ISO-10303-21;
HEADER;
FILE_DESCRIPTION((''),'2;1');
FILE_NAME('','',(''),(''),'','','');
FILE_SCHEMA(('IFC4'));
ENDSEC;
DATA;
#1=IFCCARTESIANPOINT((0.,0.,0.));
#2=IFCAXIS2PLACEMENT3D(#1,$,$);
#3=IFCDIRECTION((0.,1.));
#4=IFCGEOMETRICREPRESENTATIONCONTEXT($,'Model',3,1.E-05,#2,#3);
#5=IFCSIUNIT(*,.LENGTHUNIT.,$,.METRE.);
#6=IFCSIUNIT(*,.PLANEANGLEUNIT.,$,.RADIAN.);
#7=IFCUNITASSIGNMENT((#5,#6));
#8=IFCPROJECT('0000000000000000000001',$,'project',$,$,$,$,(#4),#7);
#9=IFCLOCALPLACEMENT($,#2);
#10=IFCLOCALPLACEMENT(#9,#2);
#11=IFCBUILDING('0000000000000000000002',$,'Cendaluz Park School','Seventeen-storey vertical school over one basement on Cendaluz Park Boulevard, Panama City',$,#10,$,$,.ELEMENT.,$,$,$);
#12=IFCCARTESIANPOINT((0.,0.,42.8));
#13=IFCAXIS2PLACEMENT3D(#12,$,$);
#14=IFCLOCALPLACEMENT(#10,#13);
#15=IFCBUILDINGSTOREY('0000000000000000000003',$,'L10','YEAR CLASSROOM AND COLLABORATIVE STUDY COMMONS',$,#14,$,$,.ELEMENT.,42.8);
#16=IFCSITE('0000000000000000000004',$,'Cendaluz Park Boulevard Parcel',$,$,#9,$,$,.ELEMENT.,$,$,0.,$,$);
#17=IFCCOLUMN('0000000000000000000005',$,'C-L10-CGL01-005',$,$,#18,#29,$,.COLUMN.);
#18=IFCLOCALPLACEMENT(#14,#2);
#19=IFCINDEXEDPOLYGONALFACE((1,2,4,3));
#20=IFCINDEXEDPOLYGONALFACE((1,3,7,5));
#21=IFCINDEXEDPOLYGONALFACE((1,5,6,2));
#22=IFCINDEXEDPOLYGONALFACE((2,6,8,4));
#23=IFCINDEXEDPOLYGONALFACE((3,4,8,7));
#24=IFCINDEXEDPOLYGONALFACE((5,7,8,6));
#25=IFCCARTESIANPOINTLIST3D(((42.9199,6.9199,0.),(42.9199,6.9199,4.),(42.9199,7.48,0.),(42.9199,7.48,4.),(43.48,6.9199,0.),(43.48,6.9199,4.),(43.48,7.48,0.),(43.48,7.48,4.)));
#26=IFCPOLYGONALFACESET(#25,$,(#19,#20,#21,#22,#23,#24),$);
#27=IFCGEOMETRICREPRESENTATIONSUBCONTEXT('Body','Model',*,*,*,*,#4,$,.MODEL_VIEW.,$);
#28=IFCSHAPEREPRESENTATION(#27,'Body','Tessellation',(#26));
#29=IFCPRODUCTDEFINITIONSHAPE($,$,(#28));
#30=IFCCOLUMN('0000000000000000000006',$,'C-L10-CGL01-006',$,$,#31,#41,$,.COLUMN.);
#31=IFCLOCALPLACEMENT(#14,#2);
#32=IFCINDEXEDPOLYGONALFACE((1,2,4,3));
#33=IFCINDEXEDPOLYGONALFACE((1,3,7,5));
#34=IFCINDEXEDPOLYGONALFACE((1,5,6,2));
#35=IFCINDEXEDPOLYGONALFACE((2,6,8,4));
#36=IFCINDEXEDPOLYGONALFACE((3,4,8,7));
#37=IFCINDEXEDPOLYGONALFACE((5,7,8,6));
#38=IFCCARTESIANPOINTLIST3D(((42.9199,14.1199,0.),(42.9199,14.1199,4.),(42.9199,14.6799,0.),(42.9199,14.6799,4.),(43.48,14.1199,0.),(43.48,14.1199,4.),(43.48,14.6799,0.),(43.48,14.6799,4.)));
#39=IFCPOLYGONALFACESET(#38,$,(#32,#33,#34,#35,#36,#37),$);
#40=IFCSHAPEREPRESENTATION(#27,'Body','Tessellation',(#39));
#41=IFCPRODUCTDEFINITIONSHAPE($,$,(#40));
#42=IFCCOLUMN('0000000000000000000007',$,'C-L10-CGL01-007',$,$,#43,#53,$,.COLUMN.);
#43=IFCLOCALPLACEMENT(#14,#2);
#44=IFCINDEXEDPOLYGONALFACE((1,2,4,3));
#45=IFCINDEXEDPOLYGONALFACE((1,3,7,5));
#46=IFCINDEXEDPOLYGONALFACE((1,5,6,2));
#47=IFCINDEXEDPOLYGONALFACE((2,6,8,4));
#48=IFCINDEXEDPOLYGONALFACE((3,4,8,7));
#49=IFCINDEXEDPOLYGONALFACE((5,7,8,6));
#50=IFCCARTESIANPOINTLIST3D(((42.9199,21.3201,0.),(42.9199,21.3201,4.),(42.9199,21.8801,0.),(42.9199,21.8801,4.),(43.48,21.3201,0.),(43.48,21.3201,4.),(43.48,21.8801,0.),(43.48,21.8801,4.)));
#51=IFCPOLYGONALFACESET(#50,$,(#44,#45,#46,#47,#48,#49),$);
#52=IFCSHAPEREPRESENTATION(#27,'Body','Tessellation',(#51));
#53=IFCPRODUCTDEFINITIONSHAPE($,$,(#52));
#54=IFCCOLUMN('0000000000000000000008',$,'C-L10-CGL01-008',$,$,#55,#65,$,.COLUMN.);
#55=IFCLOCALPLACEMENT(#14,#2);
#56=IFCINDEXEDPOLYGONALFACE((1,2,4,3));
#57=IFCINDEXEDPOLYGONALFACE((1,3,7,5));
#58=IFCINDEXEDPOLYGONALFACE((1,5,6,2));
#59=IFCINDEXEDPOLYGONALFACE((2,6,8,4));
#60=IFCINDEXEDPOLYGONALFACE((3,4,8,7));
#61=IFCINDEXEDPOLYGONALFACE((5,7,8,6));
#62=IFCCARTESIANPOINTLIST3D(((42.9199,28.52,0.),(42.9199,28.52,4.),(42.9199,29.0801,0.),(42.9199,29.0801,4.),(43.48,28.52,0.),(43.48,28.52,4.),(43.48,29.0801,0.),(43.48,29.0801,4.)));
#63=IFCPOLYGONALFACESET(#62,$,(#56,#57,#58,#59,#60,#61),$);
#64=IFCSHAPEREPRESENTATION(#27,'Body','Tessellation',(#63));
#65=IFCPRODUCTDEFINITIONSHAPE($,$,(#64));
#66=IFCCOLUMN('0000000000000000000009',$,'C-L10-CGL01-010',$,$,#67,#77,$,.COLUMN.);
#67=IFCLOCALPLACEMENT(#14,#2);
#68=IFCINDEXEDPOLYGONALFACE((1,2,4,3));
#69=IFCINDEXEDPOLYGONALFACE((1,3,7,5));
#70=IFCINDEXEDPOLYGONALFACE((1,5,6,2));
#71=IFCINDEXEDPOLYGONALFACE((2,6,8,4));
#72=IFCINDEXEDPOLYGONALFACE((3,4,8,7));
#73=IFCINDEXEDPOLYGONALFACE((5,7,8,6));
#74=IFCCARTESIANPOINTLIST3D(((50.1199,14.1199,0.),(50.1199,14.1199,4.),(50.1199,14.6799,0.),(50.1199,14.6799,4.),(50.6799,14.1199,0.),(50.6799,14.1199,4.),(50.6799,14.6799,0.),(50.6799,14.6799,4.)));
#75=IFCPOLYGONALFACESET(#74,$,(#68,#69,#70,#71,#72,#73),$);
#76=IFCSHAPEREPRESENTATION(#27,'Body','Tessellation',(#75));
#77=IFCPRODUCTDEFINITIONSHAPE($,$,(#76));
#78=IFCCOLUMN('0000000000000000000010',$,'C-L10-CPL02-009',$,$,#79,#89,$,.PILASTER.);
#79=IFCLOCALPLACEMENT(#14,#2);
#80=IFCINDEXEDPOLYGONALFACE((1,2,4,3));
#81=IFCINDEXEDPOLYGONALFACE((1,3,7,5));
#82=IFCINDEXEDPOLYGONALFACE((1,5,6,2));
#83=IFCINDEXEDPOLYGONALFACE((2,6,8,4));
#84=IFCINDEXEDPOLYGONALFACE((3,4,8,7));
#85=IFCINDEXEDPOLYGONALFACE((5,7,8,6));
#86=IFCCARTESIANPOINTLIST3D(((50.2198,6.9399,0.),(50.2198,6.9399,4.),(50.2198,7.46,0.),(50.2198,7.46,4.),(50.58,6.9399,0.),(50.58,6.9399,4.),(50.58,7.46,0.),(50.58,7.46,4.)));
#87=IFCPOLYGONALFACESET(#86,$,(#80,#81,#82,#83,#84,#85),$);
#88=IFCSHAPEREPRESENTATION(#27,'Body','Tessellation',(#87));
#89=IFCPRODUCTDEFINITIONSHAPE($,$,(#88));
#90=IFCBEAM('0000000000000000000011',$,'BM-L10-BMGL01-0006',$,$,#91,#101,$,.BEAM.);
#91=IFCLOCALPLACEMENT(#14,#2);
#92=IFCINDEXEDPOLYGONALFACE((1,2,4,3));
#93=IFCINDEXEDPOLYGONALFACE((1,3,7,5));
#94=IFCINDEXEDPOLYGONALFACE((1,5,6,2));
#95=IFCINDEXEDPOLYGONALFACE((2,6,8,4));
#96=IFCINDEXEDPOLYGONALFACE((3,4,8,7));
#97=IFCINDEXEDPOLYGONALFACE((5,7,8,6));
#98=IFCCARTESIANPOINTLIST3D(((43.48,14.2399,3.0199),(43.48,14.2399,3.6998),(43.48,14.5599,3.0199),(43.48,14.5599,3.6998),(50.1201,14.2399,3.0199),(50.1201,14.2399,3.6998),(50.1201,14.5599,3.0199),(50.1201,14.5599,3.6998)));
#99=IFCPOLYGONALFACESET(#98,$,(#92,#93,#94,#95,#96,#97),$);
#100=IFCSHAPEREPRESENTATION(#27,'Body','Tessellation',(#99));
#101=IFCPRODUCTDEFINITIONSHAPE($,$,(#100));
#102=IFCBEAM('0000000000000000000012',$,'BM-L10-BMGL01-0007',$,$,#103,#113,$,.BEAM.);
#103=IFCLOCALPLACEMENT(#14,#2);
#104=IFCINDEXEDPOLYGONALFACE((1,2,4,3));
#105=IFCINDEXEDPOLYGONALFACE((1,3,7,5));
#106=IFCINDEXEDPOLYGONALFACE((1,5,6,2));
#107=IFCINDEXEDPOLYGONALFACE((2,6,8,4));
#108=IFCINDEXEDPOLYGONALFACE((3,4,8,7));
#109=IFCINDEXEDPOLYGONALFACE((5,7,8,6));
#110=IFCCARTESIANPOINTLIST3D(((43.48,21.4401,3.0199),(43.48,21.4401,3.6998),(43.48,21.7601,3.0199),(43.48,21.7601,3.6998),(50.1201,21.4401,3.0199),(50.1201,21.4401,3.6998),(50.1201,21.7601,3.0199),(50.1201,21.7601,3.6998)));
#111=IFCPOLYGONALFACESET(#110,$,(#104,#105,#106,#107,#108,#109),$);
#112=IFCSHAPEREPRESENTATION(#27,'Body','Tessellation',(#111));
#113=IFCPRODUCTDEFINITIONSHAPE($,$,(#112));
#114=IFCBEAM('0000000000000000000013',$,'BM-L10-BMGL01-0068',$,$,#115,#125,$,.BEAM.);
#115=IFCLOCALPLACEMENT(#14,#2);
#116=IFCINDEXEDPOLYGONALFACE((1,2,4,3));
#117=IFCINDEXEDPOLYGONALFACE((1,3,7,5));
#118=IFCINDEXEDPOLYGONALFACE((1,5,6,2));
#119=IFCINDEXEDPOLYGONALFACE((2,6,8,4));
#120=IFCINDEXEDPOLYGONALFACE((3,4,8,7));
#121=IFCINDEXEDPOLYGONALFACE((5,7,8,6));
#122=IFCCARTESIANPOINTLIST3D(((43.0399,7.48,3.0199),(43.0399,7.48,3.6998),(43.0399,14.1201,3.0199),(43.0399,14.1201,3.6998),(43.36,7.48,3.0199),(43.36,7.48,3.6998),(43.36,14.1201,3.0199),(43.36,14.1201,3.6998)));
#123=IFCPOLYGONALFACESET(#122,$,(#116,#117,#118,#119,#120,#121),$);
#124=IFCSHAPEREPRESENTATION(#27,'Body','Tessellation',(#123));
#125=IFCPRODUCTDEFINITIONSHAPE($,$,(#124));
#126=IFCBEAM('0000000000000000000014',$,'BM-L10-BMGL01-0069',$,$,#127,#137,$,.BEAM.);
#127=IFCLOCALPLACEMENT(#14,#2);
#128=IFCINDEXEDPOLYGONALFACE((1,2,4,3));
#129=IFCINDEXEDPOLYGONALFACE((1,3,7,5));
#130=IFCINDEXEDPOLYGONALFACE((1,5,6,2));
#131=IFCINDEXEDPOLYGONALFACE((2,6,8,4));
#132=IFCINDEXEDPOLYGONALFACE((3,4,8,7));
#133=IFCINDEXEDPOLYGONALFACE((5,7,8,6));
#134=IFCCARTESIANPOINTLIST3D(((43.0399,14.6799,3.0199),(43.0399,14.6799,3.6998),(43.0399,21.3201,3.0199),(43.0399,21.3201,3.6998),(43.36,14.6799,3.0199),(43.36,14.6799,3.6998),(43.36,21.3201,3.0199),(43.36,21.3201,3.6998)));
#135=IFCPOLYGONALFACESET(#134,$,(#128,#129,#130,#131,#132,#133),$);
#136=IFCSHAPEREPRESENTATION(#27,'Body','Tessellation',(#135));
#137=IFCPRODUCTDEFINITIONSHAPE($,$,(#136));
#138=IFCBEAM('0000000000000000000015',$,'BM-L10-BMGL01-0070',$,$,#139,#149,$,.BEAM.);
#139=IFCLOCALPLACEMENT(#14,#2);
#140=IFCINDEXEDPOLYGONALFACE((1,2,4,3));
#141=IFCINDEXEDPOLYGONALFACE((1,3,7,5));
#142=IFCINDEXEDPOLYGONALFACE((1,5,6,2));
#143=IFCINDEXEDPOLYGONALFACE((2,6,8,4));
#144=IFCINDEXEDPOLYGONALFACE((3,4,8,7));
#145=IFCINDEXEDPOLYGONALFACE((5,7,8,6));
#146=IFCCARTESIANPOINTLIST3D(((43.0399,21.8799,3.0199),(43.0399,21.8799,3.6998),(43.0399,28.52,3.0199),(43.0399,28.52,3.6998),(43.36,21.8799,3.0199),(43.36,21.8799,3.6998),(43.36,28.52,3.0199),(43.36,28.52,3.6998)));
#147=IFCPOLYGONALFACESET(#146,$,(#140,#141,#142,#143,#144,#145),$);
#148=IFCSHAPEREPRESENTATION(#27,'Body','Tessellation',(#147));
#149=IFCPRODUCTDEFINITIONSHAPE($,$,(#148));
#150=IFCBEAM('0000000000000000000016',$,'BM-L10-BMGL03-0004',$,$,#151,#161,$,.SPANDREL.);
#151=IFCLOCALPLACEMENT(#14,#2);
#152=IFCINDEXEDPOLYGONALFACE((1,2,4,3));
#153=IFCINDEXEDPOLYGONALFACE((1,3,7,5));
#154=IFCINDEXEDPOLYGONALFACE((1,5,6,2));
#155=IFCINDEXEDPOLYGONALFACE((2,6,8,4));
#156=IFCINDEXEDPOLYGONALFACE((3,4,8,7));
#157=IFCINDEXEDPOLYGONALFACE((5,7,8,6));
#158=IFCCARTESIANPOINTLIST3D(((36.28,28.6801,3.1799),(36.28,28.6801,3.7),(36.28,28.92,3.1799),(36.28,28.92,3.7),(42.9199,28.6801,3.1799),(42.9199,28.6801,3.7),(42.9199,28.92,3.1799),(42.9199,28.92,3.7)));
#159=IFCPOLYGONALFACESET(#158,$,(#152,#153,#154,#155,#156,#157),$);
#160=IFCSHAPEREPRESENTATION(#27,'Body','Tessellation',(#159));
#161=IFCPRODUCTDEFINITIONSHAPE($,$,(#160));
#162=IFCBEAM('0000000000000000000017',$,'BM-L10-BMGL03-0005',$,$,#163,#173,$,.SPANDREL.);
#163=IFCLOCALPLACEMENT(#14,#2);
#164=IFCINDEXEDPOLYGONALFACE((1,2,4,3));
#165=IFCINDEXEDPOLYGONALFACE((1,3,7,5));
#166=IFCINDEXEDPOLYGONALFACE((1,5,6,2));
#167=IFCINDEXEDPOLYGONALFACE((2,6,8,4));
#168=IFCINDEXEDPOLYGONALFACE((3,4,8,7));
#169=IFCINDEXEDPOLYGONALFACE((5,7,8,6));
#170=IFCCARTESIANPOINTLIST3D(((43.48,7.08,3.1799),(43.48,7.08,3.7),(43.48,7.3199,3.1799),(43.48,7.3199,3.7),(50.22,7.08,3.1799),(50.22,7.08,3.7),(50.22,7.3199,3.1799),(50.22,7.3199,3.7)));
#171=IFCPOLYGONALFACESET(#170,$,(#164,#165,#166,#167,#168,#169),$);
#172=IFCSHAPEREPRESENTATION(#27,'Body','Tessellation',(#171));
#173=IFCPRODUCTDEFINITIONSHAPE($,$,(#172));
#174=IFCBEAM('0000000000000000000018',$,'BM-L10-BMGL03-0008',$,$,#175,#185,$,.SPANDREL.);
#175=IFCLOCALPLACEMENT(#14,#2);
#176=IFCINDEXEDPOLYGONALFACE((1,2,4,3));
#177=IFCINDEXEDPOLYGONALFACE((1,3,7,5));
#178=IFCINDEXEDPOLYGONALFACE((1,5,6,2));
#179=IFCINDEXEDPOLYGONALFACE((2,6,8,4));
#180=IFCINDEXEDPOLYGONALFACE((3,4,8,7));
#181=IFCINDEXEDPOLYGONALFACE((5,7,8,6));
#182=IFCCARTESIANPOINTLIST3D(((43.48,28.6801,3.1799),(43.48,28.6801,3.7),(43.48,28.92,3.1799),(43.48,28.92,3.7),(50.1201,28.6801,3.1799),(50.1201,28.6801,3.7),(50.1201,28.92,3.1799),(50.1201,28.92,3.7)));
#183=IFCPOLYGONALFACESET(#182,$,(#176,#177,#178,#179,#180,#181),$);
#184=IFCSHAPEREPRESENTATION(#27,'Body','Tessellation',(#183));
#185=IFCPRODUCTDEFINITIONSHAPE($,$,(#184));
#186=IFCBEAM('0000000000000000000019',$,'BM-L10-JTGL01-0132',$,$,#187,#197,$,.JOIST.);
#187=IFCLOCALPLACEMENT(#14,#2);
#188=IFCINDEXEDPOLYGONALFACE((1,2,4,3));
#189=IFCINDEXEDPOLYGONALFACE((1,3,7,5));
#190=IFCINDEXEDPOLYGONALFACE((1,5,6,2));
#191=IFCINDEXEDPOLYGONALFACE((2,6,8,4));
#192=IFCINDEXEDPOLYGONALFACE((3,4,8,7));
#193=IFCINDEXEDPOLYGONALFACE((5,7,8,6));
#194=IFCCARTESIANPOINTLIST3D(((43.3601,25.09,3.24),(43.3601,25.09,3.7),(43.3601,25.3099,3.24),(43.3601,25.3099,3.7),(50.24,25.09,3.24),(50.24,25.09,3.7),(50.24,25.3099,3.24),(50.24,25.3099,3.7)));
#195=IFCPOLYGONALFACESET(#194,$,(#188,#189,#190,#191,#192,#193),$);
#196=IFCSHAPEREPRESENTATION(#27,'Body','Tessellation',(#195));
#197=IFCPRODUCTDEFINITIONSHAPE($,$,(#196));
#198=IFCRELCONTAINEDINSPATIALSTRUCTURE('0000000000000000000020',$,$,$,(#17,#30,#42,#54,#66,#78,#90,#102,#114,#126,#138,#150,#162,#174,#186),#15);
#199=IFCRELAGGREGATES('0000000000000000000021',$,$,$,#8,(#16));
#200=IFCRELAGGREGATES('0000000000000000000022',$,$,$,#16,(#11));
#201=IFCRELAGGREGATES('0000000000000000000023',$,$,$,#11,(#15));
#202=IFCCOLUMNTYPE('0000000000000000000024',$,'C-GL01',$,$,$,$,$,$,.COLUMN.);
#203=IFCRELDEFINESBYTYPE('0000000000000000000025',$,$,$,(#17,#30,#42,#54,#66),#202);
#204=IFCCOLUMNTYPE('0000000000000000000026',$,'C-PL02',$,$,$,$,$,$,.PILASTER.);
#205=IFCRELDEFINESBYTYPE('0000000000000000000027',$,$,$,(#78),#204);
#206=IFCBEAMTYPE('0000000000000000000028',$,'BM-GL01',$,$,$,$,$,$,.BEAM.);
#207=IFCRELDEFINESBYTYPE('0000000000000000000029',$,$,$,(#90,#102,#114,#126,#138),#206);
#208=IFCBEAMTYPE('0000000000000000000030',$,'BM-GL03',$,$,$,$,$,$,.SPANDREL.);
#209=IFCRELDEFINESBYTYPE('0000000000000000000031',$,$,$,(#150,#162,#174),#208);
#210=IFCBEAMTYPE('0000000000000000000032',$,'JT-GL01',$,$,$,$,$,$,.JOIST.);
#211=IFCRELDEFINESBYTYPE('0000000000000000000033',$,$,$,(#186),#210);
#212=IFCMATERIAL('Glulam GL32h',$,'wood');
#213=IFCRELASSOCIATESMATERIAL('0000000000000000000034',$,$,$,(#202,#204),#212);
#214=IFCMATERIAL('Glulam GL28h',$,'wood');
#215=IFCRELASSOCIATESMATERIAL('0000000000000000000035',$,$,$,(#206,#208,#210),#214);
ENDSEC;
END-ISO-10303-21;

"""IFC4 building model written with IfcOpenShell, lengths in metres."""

from ifc_helpers import new_model, si_unit, direction, frame, origin, origin_2d, place, context, subcontext, project, spatial, rectangle, extrude, material, material_profile, profile_set, type_object, element, save


model = new_model("IFC4")

# Units and contexts
model_context = context("Model", 3, precision=1e-05, world=origin(), true_north=direction((0.0, 1.0)))
body_context = subcontext(model_context, "Body", "Model", "MODEL_VIEW")
ifc_project = project(units=[si_unit("LENGTHUNIT", "METRE"), si_unit("PLANEANGLEUNIT", "RADIAN")], contexts=[model_context])

# Site, building, storey
site_placement = place(None, origin())
site = spatial("IfcSite", under=ifc_project, at=site_placement, Name="Cendaluz Park Boulevard Parcel", CompositionType="ELEMENT", RefElevation=0.0)
building_placement = place(site_placement, origin())
building = spatial("IfcBuilding", under=site, at=building_placement, Name="Cendaluz Park School", Description="Seventeen-storey vertical school over one basement on Cendaluz Park Boulevard, Panama City", CompositionType="ELEMENT")
storey_placement = place(building_placement, frame((0.0, 0.0, 42.8)))
storey = spatial("IfcBuildingStorey", under=building, at=storey_placement, Name="L10", Description="YEAR CLASSROOM AND COLLABORATIVE STUDY COMMONS", CompositionType="ELEMENT", Elevation=42.8)

# Columns
ifc_material_1 = material(Name="Glulam GL32h", Category="wood")
ifc_material_profile_1 = material_profile(ifc_material_1, rectangle(XDim=0.5601, YDim=0.5601, at=origin_2d()), Name="GL32h 560x560", Category="wood")
ifc_profile_set_1 = profile_set([ifc_material_profile_1], Name="Glulam GL32h")
column_type_1 = type_object("IfcColumnType", Name="C-GL01", PredefinedType="COLUMN", material=ifc_profile_set_1)
for number, where, z_axis, x_axis, name in (
    (1, (43.2, 7.2, 0.0), (0.0, 0.0, 1.0), (1.0, 0.0, 0.0), "C-L10-CGL01-005"),
    (2, (43.2, 14.3999, 0.0), (0.0, 0.0, 1.0), (1.0, 0.0, 0.0), "C-L10-CGL01-006"),
    (3, (43.2, 21.6001, 0.0), (0.0, 0.0, 1.0), (1.0, 0.0, 0.0), "C-L10-CGL01-007"),
    (4, (43.2, 28.8, 0.0), (0.0, 0.0, 1.0), (1.0, 0.0, 0.0), "C-L10-CGL01-008"),
    (5, (50.3999, 14.3999, 0.0), (0.0, 0.0, 1.0), (1.0, 0.0, 0.0), "C-L10-CGL01-010"),
):
    element("IfcColumn", number, at=place(storey_placement, frame(where, z_axis=z_axis, x_axis=x_axis)), inside=storey, type_object=column_type_1, Name=name, PredefinedType="COLUMN", context=body_context, shape_type="SweptSolid", body=[
        extrude(rectangle(XDim=0.5601, YDim=0.5601, at=origin_2d()), origin(), (0.0, 0.0, 1.0), 4.0),
    ])
ifc_material_profile_2 = material_profile(ifc_material_1, rectangle(XDim=0.3601, YDim=0.52, at=origin_2d()), Name="GL32h 360x520", Category="wood")
ifc_profile_set_2 = profile_set([ifc_material_profile_2], Name="Glulam GL32h")
column_type_2 = type_object("IfcColumnType", Name="C-PL02", PredefinedType="PILASTER", material=ifc_profile_set_2)
column_placement = place(storey_placement, frame((50.3999, 7.2, 0.0), z_axis=(0.0, 0.0, 1.0), x_axis=(1.0, 0.0, 0.0)))
element("IfcColumn", 6, at=column_placement, inside=storey, type_object=column_type_2, Name="C-L10-CPL02-009", PredefinedType="PILASTER", context=body_context, shape_type="SweptSolid", body=[
    extrude(rectangle(XDim=0.3601, YDim=0.52, at=origin_2d()), origin(), (0.0, 0.0, 1.0), 4.0),
])

# Beams
ifc_material_2 = material(Name="Glulam GL28h", Category="wood")
ifc_material_profile_3 = material_profile(ifc_material_2, rectangle(XDim=0.3201, YDim=0.6799, at=origin_2d()), Name="GL28h 320x680", Category="wood")
ifc_profile_set_3 = profile_set([ifc_material_profile_3], Name="Glulam GL28h")
beam_type_1 = type_object("IfcBeamType", Name="BM-GL01", PredefinedType="BEAM", material=ifc_profile_set_3)
for number, where, z_axis, x_axis, name in (
    (7, (43.48, 14.3999, 3.3599), (1.0, 0.0, 0.0), (0.0, 1.0, 0.0), "BM-L10-BMGL01-0006"),
    (8, (43.48, 21.6001, 3.3599), (1.0, 0.0, 0.0), (0.0, 1.0, 0.0), "BM-L10-BMGL01-0007"),
    (9, (43.2, 7.48, 3.3599), (0.0, 1.0, 0.0), (-1.0, 0.0, 0.0), "BM-L10-BMGL01-0068"),
    (10, (43.2, 14.6799, 3.3599), (0.0, 1.0, 0.0), (-1.0, 0.0, 0.0), "BM-L10-BMGL01-0069"),
    (11, (43.2, 21.8799, 3.3599), (0.0, 1.0, 0.0), (-1.0, 0.0, 0.0), "BM-L10-BMGL01-0070"),
):
    element("IfcBeam", number, at=place(storey_placement, frame(where, z_axis=z_axis, x_axis=x_axis)), inside=storey, type_object=beam_type_1, Name=name, PredefinedType="BEAM", context=body_context, shape_type="SweptSolid", body=[
        extrude(rectangle(XDim=0.3201, YDim=0.6799, at=origin_2d()), origin(), (0.0, 0.0, 1.0), 6.6401),
    ])
ifc_material_profile_4 = material_profile(ifc_material_2, rectangle(XDim=0.24, YDim=0.52, at=origin_2d()), Name="GL28h 240x520", Category="wood")
ifc_profile_set_4 = profile_set([ifc_material_profile_4], Name="Glulam GL28h")
beam_type_2 = type_object("IfcBeamType", Name="BM-GL03", PredefinedType="SPANDREL", material=ifc_profile_set_4)
beam_1_placement = place(storey_placement, frame((36.28, 28.8, 3.4399), z_axis=(1.0, 0.0, 0.0), x_axis=(0.0, 1.0, 0.0)))
element("IfcBeam", 12, at=beam_1_placement, inside=storey, type_object=beam_type_2, Name="BM-L10-BMGL03-0004", PredefinedType="SPANDREL", context=body_context, shape_type="SweptSolid", body=[
    extrude(rectangle(XDim=0.24, YDim=0.52, at=origin_2d()), origin(), (0.0, 0.0, 1.0), 6.6399),
])
beam_2_placement = place(storey_placement, frame((43.48, 7.2, 3.4399), z_axis=(1.0, 0.0, 0.0), x_axis=(0.0, 1.0, 0.0)))
element("IfcBeam", 13, at=beam_2_placement, inside=storey, type_object=beam_type_2, Name="BM-L10-BMGL03-0005", PredefinedType="SPANDREL", context=body_context, shape_type="SweptSolid", body=[
    extrude(rectangle(XDim=0.24, YDim=0.52, at=origin_2d()), origin(), (0.0, 0.0, 1.0), 6.74),
])
beam_3_placement = place(storey_placement, frame((43.48, 28.8, 3.4399), z_axis=(1.0, 0.0, 0.0), x_axis=(0.0, 1.0, 0.0)))
element("IfcBeam", 14, at=beam_3_placement, inside=storey, type_object=beam_type_2, Name="BM-L10-BMGL03-0008", PredefinedType="SPANDREL", context=body_context, shape_type="SweptSolid", body=[
    extrude(rectangle(XDim=0.24, YDim=0.52, at=origin_2d()), origin(), (0.0, 0.0, 1.0), 6.6401),
])
ifc_material_profile_5 = material_profile(ifc_material_2, rectangle(XDim=0.22, YDim=0.46, at=origin_2d()), Name="GL28h 220x460", Category="wood")
ifc_profile_set_5 = profile_set([ifc_material_profile_5], Name="Glulam GL28h")
beam_type_3 = type_object("IfcBeamType", Name="JT-GL01", PredefinedType="JOIST", material=ifc_profile_set_5)
beam_4_placement = place(storey_placement, frame((43.3601, 25.2, 3.47), z_axis=(1.0, 0.0, 0.0), x_axis=(0.0, 1.0, 0.0)))
element("IfcBeam", 15, at=beam_4_placement, inside=storey, type_object=beam_type_3, Name="BM-L10-JTGL01-0132", PredefinedType="JOIST", context=body_context, shape_type="SweptSolid", body=[
    extrude(rectangle(XDim=0.22, YDim=0.46, at=origin_2d()), origin(), (0.0, 0.0, 1.0), 6.8799),
])

save(model, "model.ifc")
